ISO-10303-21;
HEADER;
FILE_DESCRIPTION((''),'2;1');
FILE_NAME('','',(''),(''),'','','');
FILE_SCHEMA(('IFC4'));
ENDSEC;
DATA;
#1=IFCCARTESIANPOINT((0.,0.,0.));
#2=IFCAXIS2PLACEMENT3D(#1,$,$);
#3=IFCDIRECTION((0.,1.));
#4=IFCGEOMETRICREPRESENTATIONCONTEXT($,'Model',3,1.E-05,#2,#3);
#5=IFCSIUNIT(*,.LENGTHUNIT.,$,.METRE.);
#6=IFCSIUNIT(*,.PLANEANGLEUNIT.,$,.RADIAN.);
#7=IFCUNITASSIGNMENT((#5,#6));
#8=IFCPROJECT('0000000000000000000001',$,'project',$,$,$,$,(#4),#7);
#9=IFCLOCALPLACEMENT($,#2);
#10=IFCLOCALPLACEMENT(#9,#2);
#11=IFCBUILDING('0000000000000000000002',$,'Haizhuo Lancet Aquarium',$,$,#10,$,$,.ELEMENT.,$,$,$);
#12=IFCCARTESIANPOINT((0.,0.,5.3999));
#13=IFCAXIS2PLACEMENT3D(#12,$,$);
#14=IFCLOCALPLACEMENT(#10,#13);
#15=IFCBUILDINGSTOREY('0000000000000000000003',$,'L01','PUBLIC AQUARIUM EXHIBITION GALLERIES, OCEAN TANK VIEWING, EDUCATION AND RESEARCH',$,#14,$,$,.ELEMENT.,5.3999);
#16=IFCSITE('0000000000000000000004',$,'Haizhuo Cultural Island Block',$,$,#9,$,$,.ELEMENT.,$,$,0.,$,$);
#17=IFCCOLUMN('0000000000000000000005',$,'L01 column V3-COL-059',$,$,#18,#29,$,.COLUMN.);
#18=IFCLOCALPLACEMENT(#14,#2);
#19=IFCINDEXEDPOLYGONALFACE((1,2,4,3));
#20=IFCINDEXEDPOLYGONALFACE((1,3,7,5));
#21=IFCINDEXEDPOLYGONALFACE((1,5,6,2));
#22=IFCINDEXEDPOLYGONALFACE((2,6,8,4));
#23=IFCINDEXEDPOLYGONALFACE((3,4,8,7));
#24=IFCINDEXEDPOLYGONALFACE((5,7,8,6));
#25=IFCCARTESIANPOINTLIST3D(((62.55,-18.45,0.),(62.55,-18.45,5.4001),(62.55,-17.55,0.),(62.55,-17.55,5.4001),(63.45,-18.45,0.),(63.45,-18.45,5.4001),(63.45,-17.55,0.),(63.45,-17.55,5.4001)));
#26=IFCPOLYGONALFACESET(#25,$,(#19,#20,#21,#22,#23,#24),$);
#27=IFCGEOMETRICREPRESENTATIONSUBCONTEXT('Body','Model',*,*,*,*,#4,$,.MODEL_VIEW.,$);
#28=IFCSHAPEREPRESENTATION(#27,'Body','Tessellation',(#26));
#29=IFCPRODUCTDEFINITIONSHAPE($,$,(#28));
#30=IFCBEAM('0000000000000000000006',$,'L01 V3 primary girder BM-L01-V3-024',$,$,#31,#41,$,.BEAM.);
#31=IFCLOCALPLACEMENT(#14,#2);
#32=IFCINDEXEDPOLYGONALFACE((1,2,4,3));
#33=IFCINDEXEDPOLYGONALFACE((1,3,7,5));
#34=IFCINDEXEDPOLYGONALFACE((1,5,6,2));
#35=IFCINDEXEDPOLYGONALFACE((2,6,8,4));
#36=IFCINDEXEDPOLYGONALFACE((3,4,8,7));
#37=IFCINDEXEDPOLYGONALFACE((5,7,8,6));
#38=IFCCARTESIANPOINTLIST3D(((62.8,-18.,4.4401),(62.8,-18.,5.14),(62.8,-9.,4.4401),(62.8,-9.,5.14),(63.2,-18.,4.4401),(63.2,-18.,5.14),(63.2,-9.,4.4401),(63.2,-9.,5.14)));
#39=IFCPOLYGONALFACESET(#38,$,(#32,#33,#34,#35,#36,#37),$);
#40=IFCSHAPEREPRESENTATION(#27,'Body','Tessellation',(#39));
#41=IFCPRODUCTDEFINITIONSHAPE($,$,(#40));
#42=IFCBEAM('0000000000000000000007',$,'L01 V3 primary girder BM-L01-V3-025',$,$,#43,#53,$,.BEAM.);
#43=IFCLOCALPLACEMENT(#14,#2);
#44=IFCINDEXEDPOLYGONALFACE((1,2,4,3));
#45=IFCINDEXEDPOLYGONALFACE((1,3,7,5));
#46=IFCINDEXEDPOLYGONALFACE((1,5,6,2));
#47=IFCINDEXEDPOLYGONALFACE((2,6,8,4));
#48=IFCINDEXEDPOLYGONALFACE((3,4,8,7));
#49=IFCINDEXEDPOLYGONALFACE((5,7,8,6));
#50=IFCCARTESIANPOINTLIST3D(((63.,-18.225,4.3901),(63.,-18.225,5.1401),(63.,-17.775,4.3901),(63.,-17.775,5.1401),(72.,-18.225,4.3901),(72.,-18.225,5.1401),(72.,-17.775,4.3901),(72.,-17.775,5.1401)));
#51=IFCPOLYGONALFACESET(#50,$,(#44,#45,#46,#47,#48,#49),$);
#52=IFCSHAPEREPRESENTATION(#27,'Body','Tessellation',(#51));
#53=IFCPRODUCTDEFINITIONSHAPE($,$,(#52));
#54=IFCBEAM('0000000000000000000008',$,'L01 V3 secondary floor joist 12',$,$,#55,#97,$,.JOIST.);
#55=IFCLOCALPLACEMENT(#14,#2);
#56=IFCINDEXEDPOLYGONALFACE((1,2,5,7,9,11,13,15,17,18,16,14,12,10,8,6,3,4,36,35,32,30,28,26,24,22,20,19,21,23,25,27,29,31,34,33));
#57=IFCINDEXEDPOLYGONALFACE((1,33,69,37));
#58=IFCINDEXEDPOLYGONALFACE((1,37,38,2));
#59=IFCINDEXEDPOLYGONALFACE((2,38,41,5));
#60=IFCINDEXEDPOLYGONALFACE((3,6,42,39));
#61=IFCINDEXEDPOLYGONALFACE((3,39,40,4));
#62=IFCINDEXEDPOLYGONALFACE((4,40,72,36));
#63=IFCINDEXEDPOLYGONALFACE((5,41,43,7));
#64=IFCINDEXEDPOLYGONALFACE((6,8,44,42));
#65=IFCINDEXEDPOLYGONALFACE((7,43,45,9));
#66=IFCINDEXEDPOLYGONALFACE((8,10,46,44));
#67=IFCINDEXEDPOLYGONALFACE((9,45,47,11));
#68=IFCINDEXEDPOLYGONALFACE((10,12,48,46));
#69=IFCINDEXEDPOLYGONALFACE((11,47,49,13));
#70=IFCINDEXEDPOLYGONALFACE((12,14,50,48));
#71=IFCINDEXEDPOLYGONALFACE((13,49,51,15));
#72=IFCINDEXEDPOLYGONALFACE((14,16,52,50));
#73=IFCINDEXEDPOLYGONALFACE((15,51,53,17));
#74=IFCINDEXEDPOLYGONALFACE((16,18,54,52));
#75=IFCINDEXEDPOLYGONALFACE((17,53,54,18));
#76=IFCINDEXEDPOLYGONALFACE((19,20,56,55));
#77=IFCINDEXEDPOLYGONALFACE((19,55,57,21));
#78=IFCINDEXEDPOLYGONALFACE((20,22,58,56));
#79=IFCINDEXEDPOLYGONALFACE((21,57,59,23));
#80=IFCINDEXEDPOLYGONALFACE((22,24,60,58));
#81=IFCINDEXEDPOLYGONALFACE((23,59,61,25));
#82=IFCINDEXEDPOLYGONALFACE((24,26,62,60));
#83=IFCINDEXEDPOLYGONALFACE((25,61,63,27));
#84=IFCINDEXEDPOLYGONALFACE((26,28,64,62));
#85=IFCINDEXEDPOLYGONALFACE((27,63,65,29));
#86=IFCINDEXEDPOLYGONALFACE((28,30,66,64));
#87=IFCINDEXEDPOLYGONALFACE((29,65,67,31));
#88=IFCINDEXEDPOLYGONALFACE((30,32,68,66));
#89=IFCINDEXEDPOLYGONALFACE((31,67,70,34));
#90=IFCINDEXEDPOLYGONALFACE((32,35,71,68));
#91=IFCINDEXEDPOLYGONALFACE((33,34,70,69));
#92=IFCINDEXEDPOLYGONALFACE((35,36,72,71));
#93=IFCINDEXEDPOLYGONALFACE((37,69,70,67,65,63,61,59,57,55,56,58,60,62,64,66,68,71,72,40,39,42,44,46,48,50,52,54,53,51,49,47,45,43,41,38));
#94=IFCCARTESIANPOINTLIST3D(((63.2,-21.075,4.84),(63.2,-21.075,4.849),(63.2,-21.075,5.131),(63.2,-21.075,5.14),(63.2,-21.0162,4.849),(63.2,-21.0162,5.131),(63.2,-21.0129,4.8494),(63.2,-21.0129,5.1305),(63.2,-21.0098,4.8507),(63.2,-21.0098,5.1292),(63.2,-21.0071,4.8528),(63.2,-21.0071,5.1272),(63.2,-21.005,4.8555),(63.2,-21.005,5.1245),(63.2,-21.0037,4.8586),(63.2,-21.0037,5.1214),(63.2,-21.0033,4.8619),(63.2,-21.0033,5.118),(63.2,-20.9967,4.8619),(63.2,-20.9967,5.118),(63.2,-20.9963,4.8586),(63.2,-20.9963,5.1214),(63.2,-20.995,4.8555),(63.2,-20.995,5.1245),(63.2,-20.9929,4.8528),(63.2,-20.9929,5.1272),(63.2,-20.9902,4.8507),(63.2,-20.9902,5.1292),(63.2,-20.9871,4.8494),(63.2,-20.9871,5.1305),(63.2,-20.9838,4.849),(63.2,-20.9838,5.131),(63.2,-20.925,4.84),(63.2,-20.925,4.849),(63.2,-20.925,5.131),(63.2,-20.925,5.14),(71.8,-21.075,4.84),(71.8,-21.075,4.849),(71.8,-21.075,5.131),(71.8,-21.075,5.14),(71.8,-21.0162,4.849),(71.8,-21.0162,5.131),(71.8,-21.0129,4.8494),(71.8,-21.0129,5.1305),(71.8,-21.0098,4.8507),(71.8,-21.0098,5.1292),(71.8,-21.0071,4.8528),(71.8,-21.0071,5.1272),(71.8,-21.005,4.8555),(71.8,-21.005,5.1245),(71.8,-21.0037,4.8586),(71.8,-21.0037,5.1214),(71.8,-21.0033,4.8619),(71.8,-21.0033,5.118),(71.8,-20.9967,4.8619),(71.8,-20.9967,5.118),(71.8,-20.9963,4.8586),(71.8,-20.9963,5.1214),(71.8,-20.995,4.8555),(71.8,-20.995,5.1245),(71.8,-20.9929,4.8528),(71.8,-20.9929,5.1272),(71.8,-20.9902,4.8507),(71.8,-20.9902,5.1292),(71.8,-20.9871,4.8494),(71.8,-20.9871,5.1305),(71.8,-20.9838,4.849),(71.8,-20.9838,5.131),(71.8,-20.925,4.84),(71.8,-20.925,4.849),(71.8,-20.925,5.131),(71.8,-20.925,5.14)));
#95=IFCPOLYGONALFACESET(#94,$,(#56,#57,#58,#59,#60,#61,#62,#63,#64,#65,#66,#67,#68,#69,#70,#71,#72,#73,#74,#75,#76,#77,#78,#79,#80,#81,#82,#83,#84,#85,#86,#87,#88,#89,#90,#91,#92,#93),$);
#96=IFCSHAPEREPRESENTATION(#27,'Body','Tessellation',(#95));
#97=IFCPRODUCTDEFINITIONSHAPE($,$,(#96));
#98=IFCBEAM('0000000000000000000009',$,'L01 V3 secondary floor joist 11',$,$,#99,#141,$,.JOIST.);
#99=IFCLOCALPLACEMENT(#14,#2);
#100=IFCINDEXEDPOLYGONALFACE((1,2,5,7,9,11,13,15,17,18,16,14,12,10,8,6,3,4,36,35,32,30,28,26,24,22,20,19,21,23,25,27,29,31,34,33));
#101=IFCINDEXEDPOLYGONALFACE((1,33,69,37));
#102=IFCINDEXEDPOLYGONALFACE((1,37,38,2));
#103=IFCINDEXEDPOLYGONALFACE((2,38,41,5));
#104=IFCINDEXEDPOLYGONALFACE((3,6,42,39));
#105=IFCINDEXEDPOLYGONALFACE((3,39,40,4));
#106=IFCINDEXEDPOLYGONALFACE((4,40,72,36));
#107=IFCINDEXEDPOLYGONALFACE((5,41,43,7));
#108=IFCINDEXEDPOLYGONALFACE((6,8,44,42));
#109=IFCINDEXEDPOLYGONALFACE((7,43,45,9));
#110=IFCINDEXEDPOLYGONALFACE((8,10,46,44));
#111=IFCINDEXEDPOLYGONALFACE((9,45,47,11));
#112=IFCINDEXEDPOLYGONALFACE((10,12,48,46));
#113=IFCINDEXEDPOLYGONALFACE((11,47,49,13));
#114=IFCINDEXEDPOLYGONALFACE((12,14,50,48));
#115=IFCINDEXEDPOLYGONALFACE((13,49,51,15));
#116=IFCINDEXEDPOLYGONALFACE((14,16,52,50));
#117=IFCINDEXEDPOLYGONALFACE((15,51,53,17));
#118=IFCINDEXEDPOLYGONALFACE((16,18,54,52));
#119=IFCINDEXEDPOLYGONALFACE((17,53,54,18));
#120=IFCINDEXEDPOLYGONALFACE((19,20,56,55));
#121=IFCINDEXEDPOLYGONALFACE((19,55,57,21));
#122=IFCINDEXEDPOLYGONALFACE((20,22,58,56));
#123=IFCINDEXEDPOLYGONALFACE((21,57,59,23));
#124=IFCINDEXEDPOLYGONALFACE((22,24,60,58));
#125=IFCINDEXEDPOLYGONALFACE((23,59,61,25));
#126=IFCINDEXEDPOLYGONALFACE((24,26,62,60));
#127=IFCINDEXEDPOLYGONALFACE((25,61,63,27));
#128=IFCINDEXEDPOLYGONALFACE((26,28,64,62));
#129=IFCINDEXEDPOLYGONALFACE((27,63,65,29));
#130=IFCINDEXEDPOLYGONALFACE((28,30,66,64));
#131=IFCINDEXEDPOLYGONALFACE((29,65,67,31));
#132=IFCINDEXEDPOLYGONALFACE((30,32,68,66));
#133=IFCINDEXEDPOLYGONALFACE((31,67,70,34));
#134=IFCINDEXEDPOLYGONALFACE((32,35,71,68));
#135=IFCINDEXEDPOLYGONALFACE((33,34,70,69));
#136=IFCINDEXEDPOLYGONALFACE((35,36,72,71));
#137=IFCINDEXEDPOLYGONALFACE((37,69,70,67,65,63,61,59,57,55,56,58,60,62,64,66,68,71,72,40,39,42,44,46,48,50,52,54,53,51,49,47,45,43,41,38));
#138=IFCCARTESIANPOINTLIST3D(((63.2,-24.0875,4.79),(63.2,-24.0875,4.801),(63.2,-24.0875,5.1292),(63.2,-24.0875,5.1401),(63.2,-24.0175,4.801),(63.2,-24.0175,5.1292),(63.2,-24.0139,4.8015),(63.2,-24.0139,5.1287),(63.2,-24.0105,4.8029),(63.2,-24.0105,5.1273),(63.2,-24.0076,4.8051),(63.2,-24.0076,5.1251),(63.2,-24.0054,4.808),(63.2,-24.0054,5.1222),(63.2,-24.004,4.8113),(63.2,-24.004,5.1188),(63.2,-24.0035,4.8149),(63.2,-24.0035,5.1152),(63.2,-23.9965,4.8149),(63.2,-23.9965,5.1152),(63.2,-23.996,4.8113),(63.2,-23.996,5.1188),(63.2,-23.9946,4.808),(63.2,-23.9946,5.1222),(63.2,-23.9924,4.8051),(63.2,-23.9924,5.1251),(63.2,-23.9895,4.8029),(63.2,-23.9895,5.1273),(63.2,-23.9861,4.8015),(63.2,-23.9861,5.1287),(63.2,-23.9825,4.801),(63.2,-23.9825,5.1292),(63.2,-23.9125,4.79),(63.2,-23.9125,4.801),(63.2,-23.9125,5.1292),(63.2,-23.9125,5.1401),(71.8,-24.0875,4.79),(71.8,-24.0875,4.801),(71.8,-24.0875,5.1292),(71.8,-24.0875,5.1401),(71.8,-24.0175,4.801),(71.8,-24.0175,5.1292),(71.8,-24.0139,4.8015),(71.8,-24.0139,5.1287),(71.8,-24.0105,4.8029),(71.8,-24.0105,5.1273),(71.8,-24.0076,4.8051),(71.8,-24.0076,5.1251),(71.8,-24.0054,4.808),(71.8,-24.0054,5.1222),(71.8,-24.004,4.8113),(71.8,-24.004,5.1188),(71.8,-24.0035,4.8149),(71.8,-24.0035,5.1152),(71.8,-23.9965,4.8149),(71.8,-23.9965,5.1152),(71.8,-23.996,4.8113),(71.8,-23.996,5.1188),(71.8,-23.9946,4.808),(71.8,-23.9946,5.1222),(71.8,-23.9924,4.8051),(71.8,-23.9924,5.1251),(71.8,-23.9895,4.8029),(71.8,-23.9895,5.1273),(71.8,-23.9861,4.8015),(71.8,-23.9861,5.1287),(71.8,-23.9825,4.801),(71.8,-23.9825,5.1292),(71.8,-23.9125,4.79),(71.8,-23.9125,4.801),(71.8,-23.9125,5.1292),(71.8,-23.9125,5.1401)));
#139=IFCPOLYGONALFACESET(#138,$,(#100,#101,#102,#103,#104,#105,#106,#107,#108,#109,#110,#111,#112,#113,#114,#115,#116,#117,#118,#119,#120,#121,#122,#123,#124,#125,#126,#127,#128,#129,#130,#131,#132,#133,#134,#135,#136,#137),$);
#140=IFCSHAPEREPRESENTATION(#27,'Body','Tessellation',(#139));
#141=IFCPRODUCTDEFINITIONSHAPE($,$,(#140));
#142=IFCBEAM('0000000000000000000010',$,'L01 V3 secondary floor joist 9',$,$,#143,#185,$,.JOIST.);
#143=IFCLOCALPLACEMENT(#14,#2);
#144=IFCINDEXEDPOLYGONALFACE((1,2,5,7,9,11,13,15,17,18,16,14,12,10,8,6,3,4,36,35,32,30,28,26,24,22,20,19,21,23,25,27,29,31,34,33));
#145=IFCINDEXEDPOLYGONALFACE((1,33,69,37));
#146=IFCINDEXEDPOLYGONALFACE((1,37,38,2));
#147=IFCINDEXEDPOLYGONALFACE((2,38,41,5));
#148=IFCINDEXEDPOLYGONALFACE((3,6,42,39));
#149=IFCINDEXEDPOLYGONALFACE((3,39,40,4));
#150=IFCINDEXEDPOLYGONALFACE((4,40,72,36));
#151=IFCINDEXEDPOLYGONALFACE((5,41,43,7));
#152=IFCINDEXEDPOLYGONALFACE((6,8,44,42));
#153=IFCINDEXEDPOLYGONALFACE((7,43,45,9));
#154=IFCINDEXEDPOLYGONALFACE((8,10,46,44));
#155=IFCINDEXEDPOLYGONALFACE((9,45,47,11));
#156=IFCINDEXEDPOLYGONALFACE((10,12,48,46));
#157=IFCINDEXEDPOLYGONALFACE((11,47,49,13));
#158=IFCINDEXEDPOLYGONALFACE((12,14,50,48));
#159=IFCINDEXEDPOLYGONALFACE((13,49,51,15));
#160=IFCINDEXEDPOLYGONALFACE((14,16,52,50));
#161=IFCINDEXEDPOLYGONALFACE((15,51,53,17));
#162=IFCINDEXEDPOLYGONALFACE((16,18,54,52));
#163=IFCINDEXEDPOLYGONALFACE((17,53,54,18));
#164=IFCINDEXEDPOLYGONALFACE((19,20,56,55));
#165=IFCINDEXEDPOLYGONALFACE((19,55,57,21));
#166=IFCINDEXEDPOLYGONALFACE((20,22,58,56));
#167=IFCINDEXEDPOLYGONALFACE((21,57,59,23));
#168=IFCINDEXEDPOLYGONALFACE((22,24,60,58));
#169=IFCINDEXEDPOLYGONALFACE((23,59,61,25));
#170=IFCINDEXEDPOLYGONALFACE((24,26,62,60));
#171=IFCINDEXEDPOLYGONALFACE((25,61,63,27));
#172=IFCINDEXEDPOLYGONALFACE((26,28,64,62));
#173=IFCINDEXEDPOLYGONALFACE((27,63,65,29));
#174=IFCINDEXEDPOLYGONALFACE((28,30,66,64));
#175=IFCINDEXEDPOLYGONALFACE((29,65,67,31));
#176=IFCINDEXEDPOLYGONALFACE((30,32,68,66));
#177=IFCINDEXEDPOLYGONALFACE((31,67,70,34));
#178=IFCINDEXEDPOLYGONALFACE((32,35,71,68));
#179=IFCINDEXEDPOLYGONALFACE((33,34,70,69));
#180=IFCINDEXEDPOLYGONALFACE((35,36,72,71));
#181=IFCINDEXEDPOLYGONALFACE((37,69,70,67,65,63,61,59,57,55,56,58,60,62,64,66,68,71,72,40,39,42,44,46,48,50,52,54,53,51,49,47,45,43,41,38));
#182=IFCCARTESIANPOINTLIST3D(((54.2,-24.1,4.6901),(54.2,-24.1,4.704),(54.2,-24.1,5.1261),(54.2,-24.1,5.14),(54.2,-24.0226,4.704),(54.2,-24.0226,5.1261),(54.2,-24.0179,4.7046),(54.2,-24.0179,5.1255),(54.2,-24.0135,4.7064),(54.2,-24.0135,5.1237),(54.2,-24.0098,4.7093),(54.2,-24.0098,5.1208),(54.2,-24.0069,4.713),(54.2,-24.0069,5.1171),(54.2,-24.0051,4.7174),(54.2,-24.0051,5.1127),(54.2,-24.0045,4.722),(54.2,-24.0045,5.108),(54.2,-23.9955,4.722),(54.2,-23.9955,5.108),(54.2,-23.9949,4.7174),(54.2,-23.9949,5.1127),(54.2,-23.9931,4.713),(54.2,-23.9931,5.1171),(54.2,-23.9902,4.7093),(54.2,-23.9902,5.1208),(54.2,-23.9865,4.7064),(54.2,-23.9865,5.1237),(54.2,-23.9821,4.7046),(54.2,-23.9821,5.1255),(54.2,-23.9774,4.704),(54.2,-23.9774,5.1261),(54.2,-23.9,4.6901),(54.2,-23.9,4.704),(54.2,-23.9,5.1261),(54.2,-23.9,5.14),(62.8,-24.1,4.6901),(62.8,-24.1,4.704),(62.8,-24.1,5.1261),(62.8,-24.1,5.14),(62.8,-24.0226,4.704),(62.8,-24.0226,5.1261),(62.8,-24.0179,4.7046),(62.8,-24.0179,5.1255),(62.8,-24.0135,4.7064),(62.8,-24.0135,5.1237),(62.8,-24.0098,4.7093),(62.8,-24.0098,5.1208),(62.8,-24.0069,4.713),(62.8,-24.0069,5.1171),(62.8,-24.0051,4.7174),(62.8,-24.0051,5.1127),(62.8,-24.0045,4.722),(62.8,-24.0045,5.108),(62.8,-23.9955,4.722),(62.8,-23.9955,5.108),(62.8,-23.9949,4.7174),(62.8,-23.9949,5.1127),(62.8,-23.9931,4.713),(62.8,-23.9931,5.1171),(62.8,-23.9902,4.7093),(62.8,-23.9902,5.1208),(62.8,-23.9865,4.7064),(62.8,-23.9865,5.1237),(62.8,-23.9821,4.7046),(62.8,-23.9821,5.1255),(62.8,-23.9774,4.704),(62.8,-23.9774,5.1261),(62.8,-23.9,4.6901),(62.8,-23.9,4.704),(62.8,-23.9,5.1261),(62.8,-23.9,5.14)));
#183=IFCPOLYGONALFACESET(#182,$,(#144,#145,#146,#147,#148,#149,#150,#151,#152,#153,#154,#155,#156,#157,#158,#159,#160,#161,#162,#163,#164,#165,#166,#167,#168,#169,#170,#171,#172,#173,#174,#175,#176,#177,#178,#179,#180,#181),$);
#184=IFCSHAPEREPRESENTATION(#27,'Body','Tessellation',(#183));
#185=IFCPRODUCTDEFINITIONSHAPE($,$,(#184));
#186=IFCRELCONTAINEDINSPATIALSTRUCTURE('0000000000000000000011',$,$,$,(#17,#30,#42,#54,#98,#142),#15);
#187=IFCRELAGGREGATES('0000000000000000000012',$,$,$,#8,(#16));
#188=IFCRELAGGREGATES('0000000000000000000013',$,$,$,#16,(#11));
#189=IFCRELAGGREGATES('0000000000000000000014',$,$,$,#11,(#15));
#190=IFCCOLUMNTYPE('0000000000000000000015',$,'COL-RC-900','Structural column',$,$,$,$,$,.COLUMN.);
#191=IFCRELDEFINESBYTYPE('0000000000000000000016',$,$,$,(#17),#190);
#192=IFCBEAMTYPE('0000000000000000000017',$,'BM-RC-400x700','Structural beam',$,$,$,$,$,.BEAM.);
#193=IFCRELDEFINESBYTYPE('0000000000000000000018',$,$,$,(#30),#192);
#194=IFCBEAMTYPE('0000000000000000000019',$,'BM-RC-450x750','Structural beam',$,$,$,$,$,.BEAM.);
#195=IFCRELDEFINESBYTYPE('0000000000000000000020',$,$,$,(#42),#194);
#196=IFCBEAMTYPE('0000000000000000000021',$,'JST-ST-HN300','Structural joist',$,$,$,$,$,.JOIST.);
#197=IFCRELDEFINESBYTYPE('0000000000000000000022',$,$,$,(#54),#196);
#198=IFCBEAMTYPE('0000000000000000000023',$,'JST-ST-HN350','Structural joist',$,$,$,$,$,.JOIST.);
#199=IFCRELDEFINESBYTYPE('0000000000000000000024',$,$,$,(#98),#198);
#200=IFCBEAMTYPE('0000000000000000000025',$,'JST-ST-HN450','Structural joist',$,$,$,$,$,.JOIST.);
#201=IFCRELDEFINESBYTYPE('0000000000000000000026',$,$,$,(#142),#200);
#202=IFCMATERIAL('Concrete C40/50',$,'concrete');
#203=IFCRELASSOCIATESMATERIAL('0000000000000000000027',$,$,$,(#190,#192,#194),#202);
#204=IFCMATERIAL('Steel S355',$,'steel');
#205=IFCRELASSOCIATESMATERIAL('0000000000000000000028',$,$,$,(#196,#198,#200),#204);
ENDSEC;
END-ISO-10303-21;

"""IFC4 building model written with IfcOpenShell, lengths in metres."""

from ifc_helpers import new_model, si_unit, direction, frame, origin, origin_2d, place, context, subcontext, project, spatial, rectangle, i_section, extrude, material, material_profile, profile_set, type_object, element, save


model = new_model("IFC4")

# Units and contexts
model_context = context("Model", 3, precision=1e-05, world=origin(), true_north=direction((0.0, 1.0)))
body_context = subcontext(model_context, "Body", "Model", "MODEL_VIEW")
ifc_project = project(units=[si_unit("LENGTHUNIT", "METRE"), si_unit("PLANEANGLEUNIT", "RADIAN")], contexts=[model_context])

# Site, building, storey
site_placement = place(None, origin())
site = spatial("IfcSite", under=ifc_project, at=site_placement, Name="Haizhuo Cultural Island Block", CompositionType="ELEMENT", RefElevation=0.0)
building_placement = place(site_placement, origin())
building = spatial("IfcBuilding", under=site, at=building_placement, Name="Haizhuo Lancet Aquarium", CompositionType="ELEMENT")
storey_placement = place(building_placement, frame((0.0, 0.0, 5.3999)))
storey = spatial("IfcBuildingStorey", under=building, at=storey_placement, Name="L01", Description="PUBLIC AQUARIUM EXHIBITION GALLERIES, OCEAN TANK VIEWING, EDUCATION AND RESEARCH", CompositionType="ELEMENT", Elevation=5.3999)

# Column
ifc_material_1 = material(Name="Concrete C40/50", Category="concrete")
ifc_material_profile_1 = material_profile(ifc_material_1, rectangle(XDim=0.8999, YDim=0.8999, at=origin_2d()), Name="RC-COL 900x900")
ifc_profile_set_1 = profile_set([ifc_material_profile_1], Name="Concrete C40/50")
column_type = type_object("IfcColumnType", Name="COL-RC-900", Description="Structural column", PredefinedType="COLUMN", material=ifc_profile_set_1)
column_placement = place(storey_placement, frame((63.0, -18.0, 0.0), z_axis=(0.0, 0.0, 1.0), x_axis=(1.0, 0.0, 0.0)))
element("IfcColumn", 1, at=column_placement, inside=storey, type_object=column_type, Name="L01 column V3-COL-059", PredefinedType="COLUMN", context=body_context, shape_type="SweptSolid", body=[
    extrude(rectangle(XDim=0.8999, YDim=0.8999, at=origin_2d()), origin(), (0.0, 0.0, 1.0), 5.4001),
])

# Beams
ifc_material_profile_2 = material_profile(ifc_material_1, rectangle(XDim=0.3999, YDim=0.7, at=origin_2d()), Name="RC-BM 400x700")
ifc_profile_set_2 = profile_set([ifc_material_profile_2], Name="Concrete C40/50")
beam_type_1 = type_object("IfcBeamType", Name="BM-RC-400x700", Description="Structural beam", PredefinedType="BEAM", material=ifc_profile_set_2)
beam_1_placement = place(storey_placement, frame((63.0, -18.0, 4.79), z_axis=(0.0, 1.0, 0.0), x_axis=(-1.0, 0.0, 0.0)))
element("IfcBeam", 2, at=beam_1_placement, inside=storey, type_object=beam_type_1, Name="L01 V3 primary girder BM-L01-V3-024", PredefinedType="BEAM", context=body_context, shape_type="SweptSolid", body=[
    extrude(rectangle(XDim=0.3999, YDim=0.7, at=origin_2d()), origin(), (0.0, 0.0, 1.0), 9.0),
])
ifc_material_profile_3 = material_profile(ifc_material_1, rectangle(XDim=0.45, YDim=0.75, at=origin_2d()), Name="RC-BM 450x750")
ifc_profile_set_3 = profile_set([ifc_material_profile_3], Name="Concrete C40/50")
beam_type_2 = type_object("IfcBeamType", Name="BM-RC-450x750", Description="Structural beam", PredefinedType="BEAM", material=ifc_profile_set_3)
beam_2_placement = place(storey_placement, frame((63.0, -18.0, 4.7651), z_axis=(1.0, 0.0, 0.0), x_axis=(0.0, 1.0, 0.0)))
element("IfcBeam", 3, at=beam_2_placement, inside=storey, type_object=beam_type_2, Name="L01 V3 primary girder BM-L01-V3-025", PredefinedType="BEAM", context=body_context, shape_type="SweptSolid", body=[
    extrude(rectangle(XDim=0.45, YDim=0.75, at=origin_2d()), origin(), (0.0, 0.0, 1.0), 9.0),
])
ifc_material_2 = material(Name="Steel S355", Category="steel")
ifc_material_profile_4 = material_profile(ifc_material_2, i_section(OverallWidth=0.1499, OverallDepth=0.3, WebThickness=0.0066, FlangeThickness=0.009, FilletRadius=0.0129, at=origin_2d()), Name="HN 300x150x6.5x9")
ifc_profile_set_4 = profile_set([ifc_material_profile_4], Name="Steel S355")
beam_type_3 = type_object("IfcBeamType", Name="JST-ST-HN300", Description="Structural joist", PredefinedType="JOIST", material=ifc_profile_set_4)
beam_3_placement = place(storey_placement, frame((63.2, -21.0, 4.99), z_axis=(1.0, 0.0, 0.0), x_axis=(0.0, 1.0, 0.0)))
element("IfcBeam", 4, at=beam_3_placement, inside=storey, type_object=beam_type_3, Name="L01 V3 secondary floor joist 12", PredefinedType="JOIST", context=body_context, shape_type="SweptSolid", body=[
    extrude(i_section(OverallWidth=0.1499, OverallDepth=0.3, WebThickness=0.0066, FlangeThickness=0.009, FilletRadius=0.0129, at=origin_2d()), origin(), (0.0, 0.0, 1.0), 8.6001),
])
ifc_material_profile_5 = material_profile(ifc_material_2, i_section(OverallWidth=0.175, OverallDepth=0.3501, WebThickness=0.0071, FlangeThickness=0.011, FilletRadius=0.0139, at=origin_2d()), Name="HN 350x175x7x11")
ifc_profile_set_5 = profile_set([ifc_material_profile_5], Name="Steel S355")
beam_type_4 = type_object("IfcBeamType", Name="JST-ST-HN350", Description="Structural joist", PredefinedType="JOIST", material=ifc_profile_set_5)
beam_4_placement = place(storey_placement, frame((63.2, -24.0, 4.9651), z_axis=(1.0, 0.0, 0.0), x_axis=(0.0, 1.0, 0.0)))
element("IfcBeam", 5, at=beam_4_placement, inside=storey, type_object=beam_type_4, Name="L01 V3 secondary floor joist 11", PredefinedType="JOIST", context=body_context, shape_type="SweptSolid", body=[
    extrude(i_section(OverallWidth=0.175, OverallDepth=0.3501, WebThickness=0.0071, FlangeThickness=0.011, FilletRadius=0.0139, at=origin_2d()), origin(), (0.0, 0.0, 1.0), 8.6001),
])
ifc_material_profile_6 = material_profile(ifc_material_2, i_section(OverallWidth=0.2, OverallDepth=0.45, WebThickness=0.009, FlangeThickness=0.0139, FilletRadius=0.0181, at=origin_2d()), Name="HN 450x200x9x14")
ifc_profile_set_6 = profile_set([ifc_material_profile_6], Name="Steel S355")
beam_type_5 = type_object("IfcBeamType", Name="JST-ST-HN450", Description="Structural joist", PredefinedType="JOIST", material=ifc_profile_set_6)
beam_5_placement = place(storey_placement, frame((54.2, -24.0, 4.915), z_axis=(1.0, 0.0, 0.0), x_axis=(0.0, 1.0, 0.0)))
element("IfcBeam", 6, at=beam_5_placement, inside=storey, type_object=beam_type_5, Name="L01 V3 secondary floor joist 9", PredefinedType="JOIST", context=body_context, shape_type="SweptSolid", body=[
    extrude(i_section(OverallWidth=0.2, OverallDepth=0.45, WebThickness=0.009, FlangeThickness=0.0139, FilletRadius=0.0181, at=origin_2d()), origin(), (0.0, 0.0, 1.0), 8.6001),
])

save(model, "model.ifc")
